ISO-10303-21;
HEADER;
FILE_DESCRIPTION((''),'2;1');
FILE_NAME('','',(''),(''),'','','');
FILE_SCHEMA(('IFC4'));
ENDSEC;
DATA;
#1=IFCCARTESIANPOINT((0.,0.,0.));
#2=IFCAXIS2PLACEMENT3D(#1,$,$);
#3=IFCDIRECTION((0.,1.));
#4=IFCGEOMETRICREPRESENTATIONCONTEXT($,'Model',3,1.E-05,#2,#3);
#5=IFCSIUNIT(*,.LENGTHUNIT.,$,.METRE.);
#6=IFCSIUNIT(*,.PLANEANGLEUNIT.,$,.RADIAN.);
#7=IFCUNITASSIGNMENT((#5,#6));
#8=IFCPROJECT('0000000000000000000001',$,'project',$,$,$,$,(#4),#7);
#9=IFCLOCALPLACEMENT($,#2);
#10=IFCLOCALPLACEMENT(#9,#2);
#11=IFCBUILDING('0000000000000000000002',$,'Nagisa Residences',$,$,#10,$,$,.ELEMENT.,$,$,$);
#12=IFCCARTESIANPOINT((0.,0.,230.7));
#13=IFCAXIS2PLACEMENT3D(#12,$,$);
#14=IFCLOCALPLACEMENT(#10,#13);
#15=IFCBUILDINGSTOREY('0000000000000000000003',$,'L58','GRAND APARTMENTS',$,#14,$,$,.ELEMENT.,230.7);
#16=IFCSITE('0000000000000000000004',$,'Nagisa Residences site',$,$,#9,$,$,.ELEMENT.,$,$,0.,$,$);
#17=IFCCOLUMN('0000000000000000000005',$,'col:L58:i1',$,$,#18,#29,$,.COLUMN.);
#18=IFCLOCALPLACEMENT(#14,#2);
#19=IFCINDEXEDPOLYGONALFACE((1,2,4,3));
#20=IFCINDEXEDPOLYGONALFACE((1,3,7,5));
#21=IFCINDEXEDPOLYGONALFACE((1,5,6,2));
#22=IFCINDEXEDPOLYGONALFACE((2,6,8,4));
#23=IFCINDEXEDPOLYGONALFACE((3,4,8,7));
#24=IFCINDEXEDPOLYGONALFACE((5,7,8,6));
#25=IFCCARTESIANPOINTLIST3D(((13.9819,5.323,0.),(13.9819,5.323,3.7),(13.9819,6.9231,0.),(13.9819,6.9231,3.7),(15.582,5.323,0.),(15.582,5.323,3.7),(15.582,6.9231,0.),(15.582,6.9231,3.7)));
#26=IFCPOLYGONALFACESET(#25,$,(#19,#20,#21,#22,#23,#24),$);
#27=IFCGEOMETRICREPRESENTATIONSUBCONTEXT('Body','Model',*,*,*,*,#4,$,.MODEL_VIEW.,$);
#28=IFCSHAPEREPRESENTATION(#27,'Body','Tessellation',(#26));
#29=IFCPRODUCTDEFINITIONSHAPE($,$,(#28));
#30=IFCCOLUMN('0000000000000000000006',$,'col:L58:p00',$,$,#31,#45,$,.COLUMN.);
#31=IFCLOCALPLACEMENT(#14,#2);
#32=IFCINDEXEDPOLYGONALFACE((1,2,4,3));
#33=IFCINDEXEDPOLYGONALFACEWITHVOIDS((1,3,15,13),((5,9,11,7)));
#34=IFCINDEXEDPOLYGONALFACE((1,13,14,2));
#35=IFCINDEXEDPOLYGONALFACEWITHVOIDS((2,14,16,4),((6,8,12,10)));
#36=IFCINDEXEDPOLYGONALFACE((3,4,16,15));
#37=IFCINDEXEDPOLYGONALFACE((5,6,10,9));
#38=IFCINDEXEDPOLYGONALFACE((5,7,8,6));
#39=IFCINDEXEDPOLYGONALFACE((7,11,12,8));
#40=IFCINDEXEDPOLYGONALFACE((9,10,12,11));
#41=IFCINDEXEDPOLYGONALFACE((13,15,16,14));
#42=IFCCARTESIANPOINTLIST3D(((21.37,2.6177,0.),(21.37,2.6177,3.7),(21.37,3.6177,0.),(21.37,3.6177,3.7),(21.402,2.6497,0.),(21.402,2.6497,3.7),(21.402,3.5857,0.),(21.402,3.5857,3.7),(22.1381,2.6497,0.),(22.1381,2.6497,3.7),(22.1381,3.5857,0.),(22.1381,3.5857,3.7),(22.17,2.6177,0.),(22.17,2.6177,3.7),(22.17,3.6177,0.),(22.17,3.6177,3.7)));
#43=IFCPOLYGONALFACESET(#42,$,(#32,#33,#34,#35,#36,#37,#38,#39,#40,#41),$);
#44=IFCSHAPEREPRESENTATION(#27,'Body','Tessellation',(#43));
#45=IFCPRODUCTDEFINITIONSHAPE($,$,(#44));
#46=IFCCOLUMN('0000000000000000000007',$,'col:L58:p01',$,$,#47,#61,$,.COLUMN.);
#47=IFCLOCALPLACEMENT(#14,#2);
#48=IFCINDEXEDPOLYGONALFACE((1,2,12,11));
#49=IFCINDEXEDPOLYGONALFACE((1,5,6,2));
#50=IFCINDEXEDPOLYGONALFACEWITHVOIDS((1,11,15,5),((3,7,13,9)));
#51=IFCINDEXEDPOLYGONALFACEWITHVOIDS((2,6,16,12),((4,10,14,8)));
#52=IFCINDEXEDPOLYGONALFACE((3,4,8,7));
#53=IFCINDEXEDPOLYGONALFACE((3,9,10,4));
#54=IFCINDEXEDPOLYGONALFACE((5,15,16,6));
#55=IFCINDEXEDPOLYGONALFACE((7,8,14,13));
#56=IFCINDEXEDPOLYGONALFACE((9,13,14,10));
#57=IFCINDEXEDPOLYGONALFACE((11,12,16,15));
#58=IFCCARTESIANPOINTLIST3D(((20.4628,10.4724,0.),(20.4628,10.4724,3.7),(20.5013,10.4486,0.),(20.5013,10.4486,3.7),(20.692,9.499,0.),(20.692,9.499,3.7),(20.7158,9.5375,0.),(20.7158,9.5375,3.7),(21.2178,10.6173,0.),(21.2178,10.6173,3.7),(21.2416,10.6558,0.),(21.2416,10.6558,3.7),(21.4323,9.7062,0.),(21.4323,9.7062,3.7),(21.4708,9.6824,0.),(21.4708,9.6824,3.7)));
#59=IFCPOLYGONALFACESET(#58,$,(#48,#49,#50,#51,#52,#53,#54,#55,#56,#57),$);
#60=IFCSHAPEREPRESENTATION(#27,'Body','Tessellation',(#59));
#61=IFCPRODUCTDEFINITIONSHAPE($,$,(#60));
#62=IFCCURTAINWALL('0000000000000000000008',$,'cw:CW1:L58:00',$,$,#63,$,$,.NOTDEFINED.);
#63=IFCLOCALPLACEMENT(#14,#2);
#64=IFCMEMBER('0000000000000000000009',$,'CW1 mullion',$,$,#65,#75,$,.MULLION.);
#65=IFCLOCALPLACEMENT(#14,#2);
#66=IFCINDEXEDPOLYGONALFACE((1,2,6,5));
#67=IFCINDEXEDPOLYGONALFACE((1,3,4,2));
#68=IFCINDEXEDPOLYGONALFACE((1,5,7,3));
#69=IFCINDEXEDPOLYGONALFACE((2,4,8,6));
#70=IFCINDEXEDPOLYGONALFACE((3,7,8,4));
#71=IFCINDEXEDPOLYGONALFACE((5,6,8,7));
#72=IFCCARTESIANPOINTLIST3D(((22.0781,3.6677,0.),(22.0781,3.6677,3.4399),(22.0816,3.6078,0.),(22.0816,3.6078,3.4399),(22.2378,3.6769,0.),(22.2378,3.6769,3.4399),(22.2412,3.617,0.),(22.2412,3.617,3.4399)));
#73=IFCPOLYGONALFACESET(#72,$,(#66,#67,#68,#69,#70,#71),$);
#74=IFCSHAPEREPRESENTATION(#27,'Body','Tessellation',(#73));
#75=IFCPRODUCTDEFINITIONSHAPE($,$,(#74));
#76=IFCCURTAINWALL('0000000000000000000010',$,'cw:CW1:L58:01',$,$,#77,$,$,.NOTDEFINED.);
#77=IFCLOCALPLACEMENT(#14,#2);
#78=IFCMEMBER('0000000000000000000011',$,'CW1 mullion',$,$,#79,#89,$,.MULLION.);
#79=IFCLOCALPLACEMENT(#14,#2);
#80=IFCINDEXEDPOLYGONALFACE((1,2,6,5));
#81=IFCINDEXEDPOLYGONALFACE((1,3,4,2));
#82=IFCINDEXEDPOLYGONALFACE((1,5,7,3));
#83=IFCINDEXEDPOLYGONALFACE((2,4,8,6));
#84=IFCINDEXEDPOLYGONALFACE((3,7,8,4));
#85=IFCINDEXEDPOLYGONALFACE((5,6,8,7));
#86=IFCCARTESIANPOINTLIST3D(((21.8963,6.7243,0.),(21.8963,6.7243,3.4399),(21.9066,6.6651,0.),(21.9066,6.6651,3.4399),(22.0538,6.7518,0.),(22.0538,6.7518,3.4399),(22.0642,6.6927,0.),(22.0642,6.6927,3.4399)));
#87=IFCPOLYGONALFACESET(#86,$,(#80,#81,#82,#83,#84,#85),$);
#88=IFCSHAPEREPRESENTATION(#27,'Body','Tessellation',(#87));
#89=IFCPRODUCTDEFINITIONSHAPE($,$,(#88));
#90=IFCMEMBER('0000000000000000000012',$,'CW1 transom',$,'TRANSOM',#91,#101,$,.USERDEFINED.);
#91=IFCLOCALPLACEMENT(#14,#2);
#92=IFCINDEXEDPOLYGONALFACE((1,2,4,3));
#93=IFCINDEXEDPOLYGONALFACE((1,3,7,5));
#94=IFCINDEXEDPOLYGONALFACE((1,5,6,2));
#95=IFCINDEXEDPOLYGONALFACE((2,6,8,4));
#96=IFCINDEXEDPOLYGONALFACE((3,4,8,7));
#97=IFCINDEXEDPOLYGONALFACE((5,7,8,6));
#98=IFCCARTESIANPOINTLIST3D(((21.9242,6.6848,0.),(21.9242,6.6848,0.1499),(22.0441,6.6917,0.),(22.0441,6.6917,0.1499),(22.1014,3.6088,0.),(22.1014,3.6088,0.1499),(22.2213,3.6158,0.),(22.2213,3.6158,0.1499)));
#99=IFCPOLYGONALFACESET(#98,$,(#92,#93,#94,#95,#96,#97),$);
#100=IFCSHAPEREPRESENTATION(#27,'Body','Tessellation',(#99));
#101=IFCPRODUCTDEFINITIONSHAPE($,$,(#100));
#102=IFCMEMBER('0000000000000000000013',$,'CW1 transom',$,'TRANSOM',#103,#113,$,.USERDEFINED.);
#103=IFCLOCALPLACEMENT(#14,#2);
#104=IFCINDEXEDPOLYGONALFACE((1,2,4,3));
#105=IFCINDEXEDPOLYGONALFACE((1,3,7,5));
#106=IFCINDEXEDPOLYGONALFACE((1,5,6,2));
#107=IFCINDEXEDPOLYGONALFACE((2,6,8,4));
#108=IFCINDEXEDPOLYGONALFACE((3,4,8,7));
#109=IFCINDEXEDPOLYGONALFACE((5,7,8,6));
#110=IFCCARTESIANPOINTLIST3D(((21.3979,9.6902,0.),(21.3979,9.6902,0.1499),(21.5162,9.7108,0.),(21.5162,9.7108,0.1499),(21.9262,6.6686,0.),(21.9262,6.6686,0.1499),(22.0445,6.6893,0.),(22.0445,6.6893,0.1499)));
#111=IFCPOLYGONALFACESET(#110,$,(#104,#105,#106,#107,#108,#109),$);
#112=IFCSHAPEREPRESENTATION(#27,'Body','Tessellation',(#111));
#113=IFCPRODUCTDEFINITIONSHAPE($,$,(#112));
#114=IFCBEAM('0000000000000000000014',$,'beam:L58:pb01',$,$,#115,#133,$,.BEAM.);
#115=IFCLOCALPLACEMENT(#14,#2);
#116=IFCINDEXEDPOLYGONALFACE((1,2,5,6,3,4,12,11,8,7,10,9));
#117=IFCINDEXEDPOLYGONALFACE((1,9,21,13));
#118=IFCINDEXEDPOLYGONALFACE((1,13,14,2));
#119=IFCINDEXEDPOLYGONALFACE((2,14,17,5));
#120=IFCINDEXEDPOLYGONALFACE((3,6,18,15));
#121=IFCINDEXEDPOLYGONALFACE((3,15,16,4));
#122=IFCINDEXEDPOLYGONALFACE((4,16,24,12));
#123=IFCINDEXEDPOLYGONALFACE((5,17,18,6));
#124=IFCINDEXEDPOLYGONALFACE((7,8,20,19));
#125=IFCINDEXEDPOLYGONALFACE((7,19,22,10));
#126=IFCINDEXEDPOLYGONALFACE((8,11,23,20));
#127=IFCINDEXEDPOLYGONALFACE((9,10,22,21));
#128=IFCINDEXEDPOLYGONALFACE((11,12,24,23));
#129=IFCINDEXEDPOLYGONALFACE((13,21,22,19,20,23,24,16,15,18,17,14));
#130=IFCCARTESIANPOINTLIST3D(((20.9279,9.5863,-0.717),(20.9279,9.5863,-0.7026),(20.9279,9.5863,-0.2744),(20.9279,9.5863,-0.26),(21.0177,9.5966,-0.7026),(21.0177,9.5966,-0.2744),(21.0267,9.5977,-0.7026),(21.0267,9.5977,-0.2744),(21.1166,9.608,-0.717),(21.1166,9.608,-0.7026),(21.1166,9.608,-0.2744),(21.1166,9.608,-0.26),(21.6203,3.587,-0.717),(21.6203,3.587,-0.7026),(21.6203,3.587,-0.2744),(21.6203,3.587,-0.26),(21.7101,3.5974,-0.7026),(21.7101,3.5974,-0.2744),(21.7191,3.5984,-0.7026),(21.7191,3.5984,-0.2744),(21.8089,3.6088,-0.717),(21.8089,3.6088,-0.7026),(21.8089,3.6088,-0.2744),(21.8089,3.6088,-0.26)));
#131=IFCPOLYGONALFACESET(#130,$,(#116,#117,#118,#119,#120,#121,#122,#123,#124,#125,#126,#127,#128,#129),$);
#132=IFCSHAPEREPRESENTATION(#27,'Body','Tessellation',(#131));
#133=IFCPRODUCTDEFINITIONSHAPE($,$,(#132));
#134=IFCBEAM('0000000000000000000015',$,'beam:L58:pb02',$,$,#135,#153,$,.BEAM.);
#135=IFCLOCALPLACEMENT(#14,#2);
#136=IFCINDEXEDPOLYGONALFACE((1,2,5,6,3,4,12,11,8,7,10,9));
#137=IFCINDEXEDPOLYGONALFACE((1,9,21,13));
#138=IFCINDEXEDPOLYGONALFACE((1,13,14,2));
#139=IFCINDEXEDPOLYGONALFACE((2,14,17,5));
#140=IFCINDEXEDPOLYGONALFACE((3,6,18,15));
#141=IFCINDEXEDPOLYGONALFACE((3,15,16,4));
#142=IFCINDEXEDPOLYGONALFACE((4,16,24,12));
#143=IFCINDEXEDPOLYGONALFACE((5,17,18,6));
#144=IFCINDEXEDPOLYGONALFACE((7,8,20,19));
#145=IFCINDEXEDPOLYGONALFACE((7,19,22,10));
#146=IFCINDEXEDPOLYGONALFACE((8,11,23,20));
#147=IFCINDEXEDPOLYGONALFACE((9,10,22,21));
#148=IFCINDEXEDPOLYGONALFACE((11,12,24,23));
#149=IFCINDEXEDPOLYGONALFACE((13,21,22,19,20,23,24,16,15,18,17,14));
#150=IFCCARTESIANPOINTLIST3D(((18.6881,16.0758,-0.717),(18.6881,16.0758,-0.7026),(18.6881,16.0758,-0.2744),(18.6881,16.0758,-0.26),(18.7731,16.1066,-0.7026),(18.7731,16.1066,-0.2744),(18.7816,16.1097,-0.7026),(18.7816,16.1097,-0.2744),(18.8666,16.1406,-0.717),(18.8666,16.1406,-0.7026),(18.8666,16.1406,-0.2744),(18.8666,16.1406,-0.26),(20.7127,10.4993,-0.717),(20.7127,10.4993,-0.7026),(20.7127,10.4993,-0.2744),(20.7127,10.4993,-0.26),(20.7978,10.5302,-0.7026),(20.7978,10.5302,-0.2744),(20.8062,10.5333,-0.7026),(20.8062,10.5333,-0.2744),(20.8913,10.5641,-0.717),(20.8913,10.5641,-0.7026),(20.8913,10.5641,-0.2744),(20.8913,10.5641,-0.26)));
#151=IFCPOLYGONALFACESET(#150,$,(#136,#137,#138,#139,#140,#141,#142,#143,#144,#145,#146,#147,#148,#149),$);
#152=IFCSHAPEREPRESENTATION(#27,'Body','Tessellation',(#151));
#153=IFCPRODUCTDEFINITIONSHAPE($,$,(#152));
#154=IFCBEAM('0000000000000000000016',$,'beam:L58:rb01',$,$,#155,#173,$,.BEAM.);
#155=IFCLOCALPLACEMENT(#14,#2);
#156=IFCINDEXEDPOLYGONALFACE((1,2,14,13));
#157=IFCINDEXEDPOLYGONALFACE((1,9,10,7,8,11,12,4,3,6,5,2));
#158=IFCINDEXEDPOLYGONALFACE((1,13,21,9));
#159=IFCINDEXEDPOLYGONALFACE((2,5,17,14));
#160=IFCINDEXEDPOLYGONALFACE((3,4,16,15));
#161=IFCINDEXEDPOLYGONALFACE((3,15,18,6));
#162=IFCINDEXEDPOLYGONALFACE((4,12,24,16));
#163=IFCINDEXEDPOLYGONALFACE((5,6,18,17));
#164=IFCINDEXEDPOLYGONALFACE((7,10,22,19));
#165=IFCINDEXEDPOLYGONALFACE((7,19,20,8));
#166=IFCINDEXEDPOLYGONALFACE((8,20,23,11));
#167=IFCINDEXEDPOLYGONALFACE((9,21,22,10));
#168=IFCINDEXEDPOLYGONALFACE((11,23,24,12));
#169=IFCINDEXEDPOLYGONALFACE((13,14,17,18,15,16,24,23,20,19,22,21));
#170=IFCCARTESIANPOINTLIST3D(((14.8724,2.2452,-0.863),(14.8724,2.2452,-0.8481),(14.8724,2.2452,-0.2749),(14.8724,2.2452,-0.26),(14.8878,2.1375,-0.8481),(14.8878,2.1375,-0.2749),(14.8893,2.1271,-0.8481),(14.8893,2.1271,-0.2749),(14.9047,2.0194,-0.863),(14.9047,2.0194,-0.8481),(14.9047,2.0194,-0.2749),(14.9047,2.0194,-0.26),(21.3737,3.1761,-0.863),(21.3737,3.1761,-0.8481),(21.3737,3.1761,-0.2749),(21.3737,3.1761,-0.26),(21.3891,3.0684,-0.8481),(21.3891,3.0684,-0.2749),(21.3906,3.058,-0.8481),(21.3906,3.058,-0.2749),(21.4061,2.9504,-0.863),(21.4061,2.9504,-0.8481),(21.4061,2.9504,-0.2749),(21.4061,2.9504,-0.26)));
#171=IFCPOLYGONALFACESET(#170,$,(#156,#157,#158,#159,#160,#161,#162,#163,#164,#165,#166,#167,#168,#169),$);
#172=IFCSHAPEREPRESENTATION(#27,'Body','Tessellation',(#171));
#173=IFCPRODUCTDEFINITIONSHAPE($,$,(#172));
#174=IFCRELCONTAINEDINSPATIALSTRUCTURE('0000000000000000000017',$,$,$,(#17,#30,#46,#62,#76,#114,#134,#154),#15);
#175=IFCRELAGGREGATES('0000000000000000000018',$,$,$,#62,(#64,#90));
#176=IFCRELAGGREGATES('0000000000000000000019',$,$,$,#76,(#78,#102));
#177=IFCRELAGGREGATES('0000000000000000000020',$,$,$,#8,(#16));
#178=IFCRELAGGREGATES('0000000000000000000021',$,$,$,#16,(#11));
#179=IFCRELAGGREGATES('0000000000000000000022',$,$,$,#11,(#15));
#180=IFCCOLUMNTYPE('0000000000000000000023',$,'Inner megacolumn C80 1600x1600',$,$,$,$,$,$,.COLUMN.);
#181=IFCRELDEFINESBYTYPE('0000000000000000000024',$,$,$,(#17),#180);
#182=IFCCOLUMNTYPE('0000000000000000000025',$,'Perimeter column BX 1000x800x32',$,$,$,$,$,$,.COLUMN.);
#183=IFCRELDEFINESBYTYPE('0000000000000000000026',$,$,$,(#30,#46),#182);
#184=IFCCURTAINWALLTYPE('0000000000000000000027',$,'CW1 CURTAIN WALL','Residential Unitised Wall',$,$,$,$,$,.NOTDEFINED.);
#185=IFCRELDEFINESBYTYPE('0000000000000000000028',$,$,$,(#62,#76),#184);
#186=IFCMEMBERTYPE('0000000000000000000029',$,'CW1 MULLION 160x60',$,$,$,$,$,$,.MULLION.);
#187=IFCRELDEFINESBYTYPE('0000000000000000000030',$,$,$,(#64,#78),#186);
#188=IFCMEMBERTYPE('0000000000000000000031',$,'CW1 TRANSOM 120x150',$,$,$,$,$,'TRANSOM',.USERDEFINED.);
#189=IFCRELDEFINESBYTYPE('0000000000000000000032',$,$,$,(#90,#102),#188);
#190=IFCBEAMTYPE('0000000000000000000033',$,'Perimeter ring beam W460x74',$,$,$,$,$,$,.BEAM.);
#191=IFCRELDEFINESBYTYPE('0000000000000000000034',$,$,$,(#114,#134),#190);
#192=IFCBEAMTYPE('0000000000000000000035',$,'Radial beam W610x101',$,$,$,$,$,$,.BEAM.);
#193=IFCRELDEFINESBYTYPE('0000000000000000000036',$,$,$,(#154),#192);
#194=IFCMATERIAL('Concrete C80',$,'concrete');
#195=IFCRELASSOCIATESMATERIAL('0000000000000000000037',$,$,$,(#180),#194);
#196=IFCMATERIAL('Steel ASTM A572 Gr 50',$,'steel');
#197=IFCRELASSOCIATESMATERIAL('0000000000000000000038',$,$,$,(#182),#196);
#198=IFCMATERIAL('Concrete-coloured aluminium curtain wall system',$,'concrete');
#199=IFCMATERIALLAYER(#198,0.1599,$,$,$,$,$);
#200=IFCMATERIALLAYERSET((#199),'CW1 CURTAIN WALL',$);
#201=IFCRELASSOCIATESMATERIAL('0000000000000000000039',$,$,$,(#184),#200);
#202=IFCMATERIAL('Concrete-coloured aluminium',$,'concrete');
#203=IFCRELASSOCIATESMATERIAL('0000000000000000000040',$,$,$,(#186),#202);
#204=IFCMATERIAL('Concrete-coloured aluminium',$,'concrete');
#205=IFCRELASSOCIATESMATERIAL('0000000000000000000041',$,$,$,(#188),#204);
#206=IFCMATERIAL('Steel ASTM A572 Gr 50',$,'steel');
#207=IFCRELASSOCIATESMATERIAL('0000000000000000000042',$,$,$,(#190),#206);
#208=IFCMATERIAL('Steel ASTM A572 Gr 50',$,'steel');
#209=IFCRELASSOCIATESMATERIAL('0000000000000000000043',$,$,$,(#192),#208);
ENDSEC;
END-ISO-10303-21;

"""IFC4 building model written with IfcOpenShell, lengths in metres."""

from ifc_helpers import new_model, si_unit, direction, frame, origin, origin_2d, place, context, subcontext, project, spatial, rectangle, hollow_rectangle, i_section, extrude, material, layer, layer_set, material_profile, profile_set, type_object, element, aggregate, save


model = new_model("IFC4")

# Units and contexts
model_context = context("Model", 3, precision=1e-05, world=origin(), true_north=direction((0.0, 1.0)))
body_context = subcontext(model_context, "Body", "Model", "MODEL_VIEW")
ifc_project = project(units=[si_unit("LENGTHUNIT", "METRE"), si_unit("PLANEANGLEUNIT", "RADIAN")], contexts=[model_context])

# Site, building, storey
site_placement = place(None, origin())
site = spatial("IfcSite", under=ifc_project, at=site_placement, Name="Nagisa Residences site", CompositionType="ELEMENT", RefElevation=0.0)
building_placement = place(site_placement, origin())
building = spatial("IfcBuilding", under=site, at=building_placement, Name="Nagisa Residences", CompositionType="ELEMENT")
storey_placement = place(building_placement, frame((0.0, 0.0, 230.7)))
storey = spatial("IfcBuildingStorey", under=building, at=storey_placement, Name="L58", Description="GRAND APARTMENTS", CompositionType="ELEMENT", Elevation=230.7)

# Columns
ifc_material_1 = material(Name="Concrete C80", Category="concrete")
ifc_material_profile_1 = material_profile(ifc_material_1, rectangle(XDim=1.6001, YDim=1.6001, at=origin_2d()), Name="C80 1600x1600")
ifc_profile_set_1 = profile_set([ifc_material_profile_1], Name="Concrete C80")
column_type_1 = type_object("IfcColumnType", Name="Inner megacolumn C80 1600x1600", PredefinedType="COLUMN", material=ifc_profile_set_1)
column_placement = place(storey_placement, frame((14.782, 6.123, 0.0), z_axis=(0.0, 0.0, 1.0), x_axis=(1.0, 0.0, 0.0)))
element("IfcColumn", 1, at=column_placement, inside=storey, type_object=column_type_1, Name="col:L58:i1", PredefinedType="COLUMN", context=body_context, shape_type="SweptSolid", body=[
    extrude(rectangle(XDim=1.6001, YDim=1.6001, at=origin_2d()), origin(), (0.0, 0.0, 1.0), 3.7),
])
ifc_material_2 = material(Name="Steel ASTM A572 Gr 50", Category="steel")
ifc_material_profile_2 = material_profile(ifc_material_2, hollow_rectangle(XDim=1.0, YDim=0.8, WallThickness=0.032, at=origin_2d()), Name="BX 1000x800x32")
ifc_profile_set_2 = profile_set([ifc_material_profile_2], Name="Steel ASTM A572 Gr 50")
column_type_2 = type_object("IfcColumnType", Name="Perimeter column BX 1000x800x32", PredefinedType="COLUMN", material=ifc_profile_set_2)
for number, where, z_axis, x_axis, name in (
    (2, (21.77, 3.1177, 0.0), (0.0, 0.0, 1.0), (0.0, 1.0, 0.0), "col:L58:p00"),
    (3, (20.9668, 10.0774, 0.0), (0.0, 0.0, 1.0), (-0.229202, 0.973379, 0.0), "col:L58:p01"),
):
    element("IfcColumn", number, at=place(storey_placement, frame(where, z_axis=z_axis, x_axis=x_axis)), inside=storey, type_object=column_type_2, Name=name, PredefinedType="COLUMN", context=body_context, shape_type="SweptSolid", body=[
        extrude(hollow_rectangle(XDim=1.0, YDim=0.8, WallThickness=0.032, at=origin_2d()), origin(), (0.0, 0.0, 1.0), 3.7),
    ])

# Curtain walls, members
ifc_material_3 = material(Name="Concrete-coloured aluminium curtain wall system", Category="concrete")
ifc_layer_1 = layer(ifc_material_3, 0.1599)
ifc_layer_set_1 = layer_set([ifc_layer_1], Name="CW1 CURTAIN WALL")
curtain_wall_type = type_object("IfcCurtainWallType", Name="CW1 CURTAIN WALL", Description="Residential Unitised Wall", PredefinedType="NOTDEFINED", material=ifc_layer_set_1)
curtain_wall_1_placement = place(storey_placement, origin())
curtain_wall_1 = element("IfcCurtainWall", 4, at=curtain_wall_1_placement, inside=storey, type_object=curtain_wall_type, Name="cw:CW1:L58:00", PredefinedType="NOTDEFINED")
ifc_material_4 = material(Name="Concrete-coloured aluminium", Category="concrete")
ifc_material_profile_3 = material_profile(ifc_material_4, rectangle(XDim=0.1599, YDim=0.0601, at=origin_2d()), Name="CW1 MULLION 160x60")
ifc_profile_set_3 = profile_set([ifc_material_profile_3], Name="Concrete-coloured aluminium")
member_type_1 = type_object("IfcMemberType", Name="CW1 MULLION 160x60", PredefinedType="MULLION", material=ifc_profile_set_3)
member_1_placement = place(storey_placement, frame((22.1597, 3.6423, 0.0), z_axis=(0.0, 0.0, 1.0), x_axis=(-0.998345, -0.057503, 0.0)))
member_1 = element("IfcMember", 5, at=member_1_placement, type_object=member_type_1, Name="CW1 mullion", PredefinedType="MULLION", context=body_context, shape_type="SweptSolid", body=[
    extrude(rectangle(XDim=0.1599, YDim=0.0601, at=origin_2d()), origin(), (0.0, 0.0, 1.0), 3.4399),
])
curtain_wall_2_placement = place(storey_placement, origin())
curtain_wall_2 = element("IfcCurtainWall", 6, at=curtain_wall_2_placement, inside=storey, type_object=curtain_wall_type, Name="cw:CW1:L58:01", PredefinedType="NOTDEFINED")
member_2_placement = place(storey_placement, frame((21.9802, 6.7085, 0.0), z_axis=(0.0, 0.0, 1.0), x_axis=(-0.985064, -0.172191, 0.0)))
member_2 = element("IfcMember", 7, at=member_2_placement, type_object=member_type_1, Name="CW1 mullion", PredefinedType="MULLION", context=body_context, shape_type="SweptSolid", body=[
    extrude(rectangle(XDim=0.1599, YDim=0.0601, at=origin_2d()), origin(), (0.0, 0.0, 1.0), 3.4399),
])

# Members
ifc_material_5 = material(Name="Concrete-coloured aluminium", Category="concrete")
ifc_material_profile_4 = material_profile(ifc_material_5, rectangle(XDim=0.1201, YDim=0.1499, at=origin_2d()), Name="CW1 TRANSOM 120x150")
ifc_profile_set_4 = profile_set([ifc_material_profile_4], Name="Concrete-coloured aluminium")
member_type_2 = type_object("IfcMemberType", Name="CW1 TRANSOM 120x150", ElementType="TRANSOM", PredefinedType="USERDEFINED", material=ifc_profile_set_4)
member_3_placement = place(storey_placement, frame((22.1614, 3.6123, 0.075), z_axis=(-0.057528, 0.998344, 0.0), x_axis=(-0.998344, -0.057528, 0.0)))
member_3 = element("IfcMember", 8, at=member_3_placement, type_object=member_type_2, Name="CW1 transom", ObjectType="TRANSOM", PredefinedType="USERDEFINED", context=body_context, shape_type="SweptSolid", body=[
    extrude(rectangle(XDim=0.1201, YDim=0.1499, at=origin_2d()), origin(), (0.0, 0.0, 1.0), 3.0811),
])
member_4_placement = place(storey_placement, frame((21.9854, 6.679, 0.075), z_axis=(-0.172241, 0.985055, 0.0), x_axis=(-0.985055, -0.172241, 0.0)))
member_4 = element("IfcMember", 9, at=member_4_placement, type_object=member_type_2, Name="CW1 transom", ObjectType="TRANSOM", PredefinedType="USERDEFINED", context=body_context, shape_type="SweptSolid", body=[
    extrude(rectangle(XDim=0.1201, YDim=0.1499, at=origin_2d()), origin(), (0.0, 0.0, 1.0), 3.0674),
])

# Beams
ifc_material_6 = material(Name="Steel ASTM A572 Gr 50", Category="steel")
ifc_material_profile_5 = material_profile(ifc_material_6, i_section(OverallWidth=0.1899, OverallDepth=0.457, WebThickness=0.009, FlangeThickness=0.0144, at=origin_2d()), Name="W460x74")
ifc_profile_set_5 = profile_set([ifc_material_profile_5], Name="Steel ASTM A572 Gr 50")
beam_type_1 = type_object("IfcBeamType", Name="Perimeter ring beam W460x74", PredefinedType="BEAM", material=ifc_profile_set_5)
beam_1_placement = place(storey_placement, frame((21.7146, 3.5979, -0.4885), z_axis=(-0.11465, 0.993406, 0.0), x_axis=(-0.993406, -0.11465, 0.0)))
element("IfcBeam", 10, at=beam_1_placement, inside=storey, type_object=beam_type_1, Name="beam:L58:pb01", PredefinedType="BEAM", context=body_context, shape_type="SweptSolid", body=[
    extrude(i_section(OverallWidth=0.1899, OverallDepth=0.457, WebThickness=0.009, FlangeThickness=0.0144, at=origin_2d()), origin(), (0.0, 0.0, 1.0), 6.0391),
])
beam_2_placement = place(storey_placement, frame((20.802, 10.5317, -0.4885), z_axis=(-0.341277, 0.939963, 0.0), x_axis=(-0.939963, -0.341277, 0.0)))
element("IfcBeam", 11, at=beam_2_placement, inside=storey, type_object=beam_type_1, Name="beam:L58:pb02", PredefinedType="BEAM", context=body_context, shape_type="SweptSolid", body=[
    extrude(i_section(OverallWidth=0.1899, OverallDepth=0.457, WebThickness=0.009, FlangeThickness=0.0144, at=origin_2d()), origin(), (0.0, 0.0, 1.0), 5.9326),
])
ifc_material_7 = material(Name="Steel ASTM A572 Gr 50", Category="steel")
ifc_material_profile_6 = material_profile(ifc_material_7, i_section(OverallWidth=0.228, OverallDepth=0.603, WebThickness=0.0105, FlangeThickness=0.0149, at=origin_2d()), Name="W610x101")
ifc_profile_set_6 = profile_set([ifc_material_profile_6], Name="Steel ASTM A572 Gr 50")
beam_type_2 = type_object("IfcBeamType", Name="Radial beam W610x101", PredefinedType="BEAM", material=ifc_profile_set_6)
beam_3_placement = place(storey_placement, frame((21.3899, 3.0632, -0.5615), z_axis=(-0.989903, -0.141744, 0.0), x_axis=(0.141744, -0.989903, 0.0)))
element("IfcBeam", 12, at=beam_3_placement, inside=storey, type_object=beam_type_2, Name="beam:L58:rb01", PredefinedType="BEAM", context=body_context, shape_type="SweptSolid", body=[
    extrude(i_section(OverallWidth=0.228, OverallDepth=0.603, WebThickness=0.0105, FlangeThickness=0.0149, at=origin_2d()), origin(), (0.0, 0.0, 1.0), 6.5676),
])

aggregate(curtain_wall_1, [member_1, member_3])
aggregate(curtain_wall_2, [member_2, member_4])

save(model, "model.ifc")
